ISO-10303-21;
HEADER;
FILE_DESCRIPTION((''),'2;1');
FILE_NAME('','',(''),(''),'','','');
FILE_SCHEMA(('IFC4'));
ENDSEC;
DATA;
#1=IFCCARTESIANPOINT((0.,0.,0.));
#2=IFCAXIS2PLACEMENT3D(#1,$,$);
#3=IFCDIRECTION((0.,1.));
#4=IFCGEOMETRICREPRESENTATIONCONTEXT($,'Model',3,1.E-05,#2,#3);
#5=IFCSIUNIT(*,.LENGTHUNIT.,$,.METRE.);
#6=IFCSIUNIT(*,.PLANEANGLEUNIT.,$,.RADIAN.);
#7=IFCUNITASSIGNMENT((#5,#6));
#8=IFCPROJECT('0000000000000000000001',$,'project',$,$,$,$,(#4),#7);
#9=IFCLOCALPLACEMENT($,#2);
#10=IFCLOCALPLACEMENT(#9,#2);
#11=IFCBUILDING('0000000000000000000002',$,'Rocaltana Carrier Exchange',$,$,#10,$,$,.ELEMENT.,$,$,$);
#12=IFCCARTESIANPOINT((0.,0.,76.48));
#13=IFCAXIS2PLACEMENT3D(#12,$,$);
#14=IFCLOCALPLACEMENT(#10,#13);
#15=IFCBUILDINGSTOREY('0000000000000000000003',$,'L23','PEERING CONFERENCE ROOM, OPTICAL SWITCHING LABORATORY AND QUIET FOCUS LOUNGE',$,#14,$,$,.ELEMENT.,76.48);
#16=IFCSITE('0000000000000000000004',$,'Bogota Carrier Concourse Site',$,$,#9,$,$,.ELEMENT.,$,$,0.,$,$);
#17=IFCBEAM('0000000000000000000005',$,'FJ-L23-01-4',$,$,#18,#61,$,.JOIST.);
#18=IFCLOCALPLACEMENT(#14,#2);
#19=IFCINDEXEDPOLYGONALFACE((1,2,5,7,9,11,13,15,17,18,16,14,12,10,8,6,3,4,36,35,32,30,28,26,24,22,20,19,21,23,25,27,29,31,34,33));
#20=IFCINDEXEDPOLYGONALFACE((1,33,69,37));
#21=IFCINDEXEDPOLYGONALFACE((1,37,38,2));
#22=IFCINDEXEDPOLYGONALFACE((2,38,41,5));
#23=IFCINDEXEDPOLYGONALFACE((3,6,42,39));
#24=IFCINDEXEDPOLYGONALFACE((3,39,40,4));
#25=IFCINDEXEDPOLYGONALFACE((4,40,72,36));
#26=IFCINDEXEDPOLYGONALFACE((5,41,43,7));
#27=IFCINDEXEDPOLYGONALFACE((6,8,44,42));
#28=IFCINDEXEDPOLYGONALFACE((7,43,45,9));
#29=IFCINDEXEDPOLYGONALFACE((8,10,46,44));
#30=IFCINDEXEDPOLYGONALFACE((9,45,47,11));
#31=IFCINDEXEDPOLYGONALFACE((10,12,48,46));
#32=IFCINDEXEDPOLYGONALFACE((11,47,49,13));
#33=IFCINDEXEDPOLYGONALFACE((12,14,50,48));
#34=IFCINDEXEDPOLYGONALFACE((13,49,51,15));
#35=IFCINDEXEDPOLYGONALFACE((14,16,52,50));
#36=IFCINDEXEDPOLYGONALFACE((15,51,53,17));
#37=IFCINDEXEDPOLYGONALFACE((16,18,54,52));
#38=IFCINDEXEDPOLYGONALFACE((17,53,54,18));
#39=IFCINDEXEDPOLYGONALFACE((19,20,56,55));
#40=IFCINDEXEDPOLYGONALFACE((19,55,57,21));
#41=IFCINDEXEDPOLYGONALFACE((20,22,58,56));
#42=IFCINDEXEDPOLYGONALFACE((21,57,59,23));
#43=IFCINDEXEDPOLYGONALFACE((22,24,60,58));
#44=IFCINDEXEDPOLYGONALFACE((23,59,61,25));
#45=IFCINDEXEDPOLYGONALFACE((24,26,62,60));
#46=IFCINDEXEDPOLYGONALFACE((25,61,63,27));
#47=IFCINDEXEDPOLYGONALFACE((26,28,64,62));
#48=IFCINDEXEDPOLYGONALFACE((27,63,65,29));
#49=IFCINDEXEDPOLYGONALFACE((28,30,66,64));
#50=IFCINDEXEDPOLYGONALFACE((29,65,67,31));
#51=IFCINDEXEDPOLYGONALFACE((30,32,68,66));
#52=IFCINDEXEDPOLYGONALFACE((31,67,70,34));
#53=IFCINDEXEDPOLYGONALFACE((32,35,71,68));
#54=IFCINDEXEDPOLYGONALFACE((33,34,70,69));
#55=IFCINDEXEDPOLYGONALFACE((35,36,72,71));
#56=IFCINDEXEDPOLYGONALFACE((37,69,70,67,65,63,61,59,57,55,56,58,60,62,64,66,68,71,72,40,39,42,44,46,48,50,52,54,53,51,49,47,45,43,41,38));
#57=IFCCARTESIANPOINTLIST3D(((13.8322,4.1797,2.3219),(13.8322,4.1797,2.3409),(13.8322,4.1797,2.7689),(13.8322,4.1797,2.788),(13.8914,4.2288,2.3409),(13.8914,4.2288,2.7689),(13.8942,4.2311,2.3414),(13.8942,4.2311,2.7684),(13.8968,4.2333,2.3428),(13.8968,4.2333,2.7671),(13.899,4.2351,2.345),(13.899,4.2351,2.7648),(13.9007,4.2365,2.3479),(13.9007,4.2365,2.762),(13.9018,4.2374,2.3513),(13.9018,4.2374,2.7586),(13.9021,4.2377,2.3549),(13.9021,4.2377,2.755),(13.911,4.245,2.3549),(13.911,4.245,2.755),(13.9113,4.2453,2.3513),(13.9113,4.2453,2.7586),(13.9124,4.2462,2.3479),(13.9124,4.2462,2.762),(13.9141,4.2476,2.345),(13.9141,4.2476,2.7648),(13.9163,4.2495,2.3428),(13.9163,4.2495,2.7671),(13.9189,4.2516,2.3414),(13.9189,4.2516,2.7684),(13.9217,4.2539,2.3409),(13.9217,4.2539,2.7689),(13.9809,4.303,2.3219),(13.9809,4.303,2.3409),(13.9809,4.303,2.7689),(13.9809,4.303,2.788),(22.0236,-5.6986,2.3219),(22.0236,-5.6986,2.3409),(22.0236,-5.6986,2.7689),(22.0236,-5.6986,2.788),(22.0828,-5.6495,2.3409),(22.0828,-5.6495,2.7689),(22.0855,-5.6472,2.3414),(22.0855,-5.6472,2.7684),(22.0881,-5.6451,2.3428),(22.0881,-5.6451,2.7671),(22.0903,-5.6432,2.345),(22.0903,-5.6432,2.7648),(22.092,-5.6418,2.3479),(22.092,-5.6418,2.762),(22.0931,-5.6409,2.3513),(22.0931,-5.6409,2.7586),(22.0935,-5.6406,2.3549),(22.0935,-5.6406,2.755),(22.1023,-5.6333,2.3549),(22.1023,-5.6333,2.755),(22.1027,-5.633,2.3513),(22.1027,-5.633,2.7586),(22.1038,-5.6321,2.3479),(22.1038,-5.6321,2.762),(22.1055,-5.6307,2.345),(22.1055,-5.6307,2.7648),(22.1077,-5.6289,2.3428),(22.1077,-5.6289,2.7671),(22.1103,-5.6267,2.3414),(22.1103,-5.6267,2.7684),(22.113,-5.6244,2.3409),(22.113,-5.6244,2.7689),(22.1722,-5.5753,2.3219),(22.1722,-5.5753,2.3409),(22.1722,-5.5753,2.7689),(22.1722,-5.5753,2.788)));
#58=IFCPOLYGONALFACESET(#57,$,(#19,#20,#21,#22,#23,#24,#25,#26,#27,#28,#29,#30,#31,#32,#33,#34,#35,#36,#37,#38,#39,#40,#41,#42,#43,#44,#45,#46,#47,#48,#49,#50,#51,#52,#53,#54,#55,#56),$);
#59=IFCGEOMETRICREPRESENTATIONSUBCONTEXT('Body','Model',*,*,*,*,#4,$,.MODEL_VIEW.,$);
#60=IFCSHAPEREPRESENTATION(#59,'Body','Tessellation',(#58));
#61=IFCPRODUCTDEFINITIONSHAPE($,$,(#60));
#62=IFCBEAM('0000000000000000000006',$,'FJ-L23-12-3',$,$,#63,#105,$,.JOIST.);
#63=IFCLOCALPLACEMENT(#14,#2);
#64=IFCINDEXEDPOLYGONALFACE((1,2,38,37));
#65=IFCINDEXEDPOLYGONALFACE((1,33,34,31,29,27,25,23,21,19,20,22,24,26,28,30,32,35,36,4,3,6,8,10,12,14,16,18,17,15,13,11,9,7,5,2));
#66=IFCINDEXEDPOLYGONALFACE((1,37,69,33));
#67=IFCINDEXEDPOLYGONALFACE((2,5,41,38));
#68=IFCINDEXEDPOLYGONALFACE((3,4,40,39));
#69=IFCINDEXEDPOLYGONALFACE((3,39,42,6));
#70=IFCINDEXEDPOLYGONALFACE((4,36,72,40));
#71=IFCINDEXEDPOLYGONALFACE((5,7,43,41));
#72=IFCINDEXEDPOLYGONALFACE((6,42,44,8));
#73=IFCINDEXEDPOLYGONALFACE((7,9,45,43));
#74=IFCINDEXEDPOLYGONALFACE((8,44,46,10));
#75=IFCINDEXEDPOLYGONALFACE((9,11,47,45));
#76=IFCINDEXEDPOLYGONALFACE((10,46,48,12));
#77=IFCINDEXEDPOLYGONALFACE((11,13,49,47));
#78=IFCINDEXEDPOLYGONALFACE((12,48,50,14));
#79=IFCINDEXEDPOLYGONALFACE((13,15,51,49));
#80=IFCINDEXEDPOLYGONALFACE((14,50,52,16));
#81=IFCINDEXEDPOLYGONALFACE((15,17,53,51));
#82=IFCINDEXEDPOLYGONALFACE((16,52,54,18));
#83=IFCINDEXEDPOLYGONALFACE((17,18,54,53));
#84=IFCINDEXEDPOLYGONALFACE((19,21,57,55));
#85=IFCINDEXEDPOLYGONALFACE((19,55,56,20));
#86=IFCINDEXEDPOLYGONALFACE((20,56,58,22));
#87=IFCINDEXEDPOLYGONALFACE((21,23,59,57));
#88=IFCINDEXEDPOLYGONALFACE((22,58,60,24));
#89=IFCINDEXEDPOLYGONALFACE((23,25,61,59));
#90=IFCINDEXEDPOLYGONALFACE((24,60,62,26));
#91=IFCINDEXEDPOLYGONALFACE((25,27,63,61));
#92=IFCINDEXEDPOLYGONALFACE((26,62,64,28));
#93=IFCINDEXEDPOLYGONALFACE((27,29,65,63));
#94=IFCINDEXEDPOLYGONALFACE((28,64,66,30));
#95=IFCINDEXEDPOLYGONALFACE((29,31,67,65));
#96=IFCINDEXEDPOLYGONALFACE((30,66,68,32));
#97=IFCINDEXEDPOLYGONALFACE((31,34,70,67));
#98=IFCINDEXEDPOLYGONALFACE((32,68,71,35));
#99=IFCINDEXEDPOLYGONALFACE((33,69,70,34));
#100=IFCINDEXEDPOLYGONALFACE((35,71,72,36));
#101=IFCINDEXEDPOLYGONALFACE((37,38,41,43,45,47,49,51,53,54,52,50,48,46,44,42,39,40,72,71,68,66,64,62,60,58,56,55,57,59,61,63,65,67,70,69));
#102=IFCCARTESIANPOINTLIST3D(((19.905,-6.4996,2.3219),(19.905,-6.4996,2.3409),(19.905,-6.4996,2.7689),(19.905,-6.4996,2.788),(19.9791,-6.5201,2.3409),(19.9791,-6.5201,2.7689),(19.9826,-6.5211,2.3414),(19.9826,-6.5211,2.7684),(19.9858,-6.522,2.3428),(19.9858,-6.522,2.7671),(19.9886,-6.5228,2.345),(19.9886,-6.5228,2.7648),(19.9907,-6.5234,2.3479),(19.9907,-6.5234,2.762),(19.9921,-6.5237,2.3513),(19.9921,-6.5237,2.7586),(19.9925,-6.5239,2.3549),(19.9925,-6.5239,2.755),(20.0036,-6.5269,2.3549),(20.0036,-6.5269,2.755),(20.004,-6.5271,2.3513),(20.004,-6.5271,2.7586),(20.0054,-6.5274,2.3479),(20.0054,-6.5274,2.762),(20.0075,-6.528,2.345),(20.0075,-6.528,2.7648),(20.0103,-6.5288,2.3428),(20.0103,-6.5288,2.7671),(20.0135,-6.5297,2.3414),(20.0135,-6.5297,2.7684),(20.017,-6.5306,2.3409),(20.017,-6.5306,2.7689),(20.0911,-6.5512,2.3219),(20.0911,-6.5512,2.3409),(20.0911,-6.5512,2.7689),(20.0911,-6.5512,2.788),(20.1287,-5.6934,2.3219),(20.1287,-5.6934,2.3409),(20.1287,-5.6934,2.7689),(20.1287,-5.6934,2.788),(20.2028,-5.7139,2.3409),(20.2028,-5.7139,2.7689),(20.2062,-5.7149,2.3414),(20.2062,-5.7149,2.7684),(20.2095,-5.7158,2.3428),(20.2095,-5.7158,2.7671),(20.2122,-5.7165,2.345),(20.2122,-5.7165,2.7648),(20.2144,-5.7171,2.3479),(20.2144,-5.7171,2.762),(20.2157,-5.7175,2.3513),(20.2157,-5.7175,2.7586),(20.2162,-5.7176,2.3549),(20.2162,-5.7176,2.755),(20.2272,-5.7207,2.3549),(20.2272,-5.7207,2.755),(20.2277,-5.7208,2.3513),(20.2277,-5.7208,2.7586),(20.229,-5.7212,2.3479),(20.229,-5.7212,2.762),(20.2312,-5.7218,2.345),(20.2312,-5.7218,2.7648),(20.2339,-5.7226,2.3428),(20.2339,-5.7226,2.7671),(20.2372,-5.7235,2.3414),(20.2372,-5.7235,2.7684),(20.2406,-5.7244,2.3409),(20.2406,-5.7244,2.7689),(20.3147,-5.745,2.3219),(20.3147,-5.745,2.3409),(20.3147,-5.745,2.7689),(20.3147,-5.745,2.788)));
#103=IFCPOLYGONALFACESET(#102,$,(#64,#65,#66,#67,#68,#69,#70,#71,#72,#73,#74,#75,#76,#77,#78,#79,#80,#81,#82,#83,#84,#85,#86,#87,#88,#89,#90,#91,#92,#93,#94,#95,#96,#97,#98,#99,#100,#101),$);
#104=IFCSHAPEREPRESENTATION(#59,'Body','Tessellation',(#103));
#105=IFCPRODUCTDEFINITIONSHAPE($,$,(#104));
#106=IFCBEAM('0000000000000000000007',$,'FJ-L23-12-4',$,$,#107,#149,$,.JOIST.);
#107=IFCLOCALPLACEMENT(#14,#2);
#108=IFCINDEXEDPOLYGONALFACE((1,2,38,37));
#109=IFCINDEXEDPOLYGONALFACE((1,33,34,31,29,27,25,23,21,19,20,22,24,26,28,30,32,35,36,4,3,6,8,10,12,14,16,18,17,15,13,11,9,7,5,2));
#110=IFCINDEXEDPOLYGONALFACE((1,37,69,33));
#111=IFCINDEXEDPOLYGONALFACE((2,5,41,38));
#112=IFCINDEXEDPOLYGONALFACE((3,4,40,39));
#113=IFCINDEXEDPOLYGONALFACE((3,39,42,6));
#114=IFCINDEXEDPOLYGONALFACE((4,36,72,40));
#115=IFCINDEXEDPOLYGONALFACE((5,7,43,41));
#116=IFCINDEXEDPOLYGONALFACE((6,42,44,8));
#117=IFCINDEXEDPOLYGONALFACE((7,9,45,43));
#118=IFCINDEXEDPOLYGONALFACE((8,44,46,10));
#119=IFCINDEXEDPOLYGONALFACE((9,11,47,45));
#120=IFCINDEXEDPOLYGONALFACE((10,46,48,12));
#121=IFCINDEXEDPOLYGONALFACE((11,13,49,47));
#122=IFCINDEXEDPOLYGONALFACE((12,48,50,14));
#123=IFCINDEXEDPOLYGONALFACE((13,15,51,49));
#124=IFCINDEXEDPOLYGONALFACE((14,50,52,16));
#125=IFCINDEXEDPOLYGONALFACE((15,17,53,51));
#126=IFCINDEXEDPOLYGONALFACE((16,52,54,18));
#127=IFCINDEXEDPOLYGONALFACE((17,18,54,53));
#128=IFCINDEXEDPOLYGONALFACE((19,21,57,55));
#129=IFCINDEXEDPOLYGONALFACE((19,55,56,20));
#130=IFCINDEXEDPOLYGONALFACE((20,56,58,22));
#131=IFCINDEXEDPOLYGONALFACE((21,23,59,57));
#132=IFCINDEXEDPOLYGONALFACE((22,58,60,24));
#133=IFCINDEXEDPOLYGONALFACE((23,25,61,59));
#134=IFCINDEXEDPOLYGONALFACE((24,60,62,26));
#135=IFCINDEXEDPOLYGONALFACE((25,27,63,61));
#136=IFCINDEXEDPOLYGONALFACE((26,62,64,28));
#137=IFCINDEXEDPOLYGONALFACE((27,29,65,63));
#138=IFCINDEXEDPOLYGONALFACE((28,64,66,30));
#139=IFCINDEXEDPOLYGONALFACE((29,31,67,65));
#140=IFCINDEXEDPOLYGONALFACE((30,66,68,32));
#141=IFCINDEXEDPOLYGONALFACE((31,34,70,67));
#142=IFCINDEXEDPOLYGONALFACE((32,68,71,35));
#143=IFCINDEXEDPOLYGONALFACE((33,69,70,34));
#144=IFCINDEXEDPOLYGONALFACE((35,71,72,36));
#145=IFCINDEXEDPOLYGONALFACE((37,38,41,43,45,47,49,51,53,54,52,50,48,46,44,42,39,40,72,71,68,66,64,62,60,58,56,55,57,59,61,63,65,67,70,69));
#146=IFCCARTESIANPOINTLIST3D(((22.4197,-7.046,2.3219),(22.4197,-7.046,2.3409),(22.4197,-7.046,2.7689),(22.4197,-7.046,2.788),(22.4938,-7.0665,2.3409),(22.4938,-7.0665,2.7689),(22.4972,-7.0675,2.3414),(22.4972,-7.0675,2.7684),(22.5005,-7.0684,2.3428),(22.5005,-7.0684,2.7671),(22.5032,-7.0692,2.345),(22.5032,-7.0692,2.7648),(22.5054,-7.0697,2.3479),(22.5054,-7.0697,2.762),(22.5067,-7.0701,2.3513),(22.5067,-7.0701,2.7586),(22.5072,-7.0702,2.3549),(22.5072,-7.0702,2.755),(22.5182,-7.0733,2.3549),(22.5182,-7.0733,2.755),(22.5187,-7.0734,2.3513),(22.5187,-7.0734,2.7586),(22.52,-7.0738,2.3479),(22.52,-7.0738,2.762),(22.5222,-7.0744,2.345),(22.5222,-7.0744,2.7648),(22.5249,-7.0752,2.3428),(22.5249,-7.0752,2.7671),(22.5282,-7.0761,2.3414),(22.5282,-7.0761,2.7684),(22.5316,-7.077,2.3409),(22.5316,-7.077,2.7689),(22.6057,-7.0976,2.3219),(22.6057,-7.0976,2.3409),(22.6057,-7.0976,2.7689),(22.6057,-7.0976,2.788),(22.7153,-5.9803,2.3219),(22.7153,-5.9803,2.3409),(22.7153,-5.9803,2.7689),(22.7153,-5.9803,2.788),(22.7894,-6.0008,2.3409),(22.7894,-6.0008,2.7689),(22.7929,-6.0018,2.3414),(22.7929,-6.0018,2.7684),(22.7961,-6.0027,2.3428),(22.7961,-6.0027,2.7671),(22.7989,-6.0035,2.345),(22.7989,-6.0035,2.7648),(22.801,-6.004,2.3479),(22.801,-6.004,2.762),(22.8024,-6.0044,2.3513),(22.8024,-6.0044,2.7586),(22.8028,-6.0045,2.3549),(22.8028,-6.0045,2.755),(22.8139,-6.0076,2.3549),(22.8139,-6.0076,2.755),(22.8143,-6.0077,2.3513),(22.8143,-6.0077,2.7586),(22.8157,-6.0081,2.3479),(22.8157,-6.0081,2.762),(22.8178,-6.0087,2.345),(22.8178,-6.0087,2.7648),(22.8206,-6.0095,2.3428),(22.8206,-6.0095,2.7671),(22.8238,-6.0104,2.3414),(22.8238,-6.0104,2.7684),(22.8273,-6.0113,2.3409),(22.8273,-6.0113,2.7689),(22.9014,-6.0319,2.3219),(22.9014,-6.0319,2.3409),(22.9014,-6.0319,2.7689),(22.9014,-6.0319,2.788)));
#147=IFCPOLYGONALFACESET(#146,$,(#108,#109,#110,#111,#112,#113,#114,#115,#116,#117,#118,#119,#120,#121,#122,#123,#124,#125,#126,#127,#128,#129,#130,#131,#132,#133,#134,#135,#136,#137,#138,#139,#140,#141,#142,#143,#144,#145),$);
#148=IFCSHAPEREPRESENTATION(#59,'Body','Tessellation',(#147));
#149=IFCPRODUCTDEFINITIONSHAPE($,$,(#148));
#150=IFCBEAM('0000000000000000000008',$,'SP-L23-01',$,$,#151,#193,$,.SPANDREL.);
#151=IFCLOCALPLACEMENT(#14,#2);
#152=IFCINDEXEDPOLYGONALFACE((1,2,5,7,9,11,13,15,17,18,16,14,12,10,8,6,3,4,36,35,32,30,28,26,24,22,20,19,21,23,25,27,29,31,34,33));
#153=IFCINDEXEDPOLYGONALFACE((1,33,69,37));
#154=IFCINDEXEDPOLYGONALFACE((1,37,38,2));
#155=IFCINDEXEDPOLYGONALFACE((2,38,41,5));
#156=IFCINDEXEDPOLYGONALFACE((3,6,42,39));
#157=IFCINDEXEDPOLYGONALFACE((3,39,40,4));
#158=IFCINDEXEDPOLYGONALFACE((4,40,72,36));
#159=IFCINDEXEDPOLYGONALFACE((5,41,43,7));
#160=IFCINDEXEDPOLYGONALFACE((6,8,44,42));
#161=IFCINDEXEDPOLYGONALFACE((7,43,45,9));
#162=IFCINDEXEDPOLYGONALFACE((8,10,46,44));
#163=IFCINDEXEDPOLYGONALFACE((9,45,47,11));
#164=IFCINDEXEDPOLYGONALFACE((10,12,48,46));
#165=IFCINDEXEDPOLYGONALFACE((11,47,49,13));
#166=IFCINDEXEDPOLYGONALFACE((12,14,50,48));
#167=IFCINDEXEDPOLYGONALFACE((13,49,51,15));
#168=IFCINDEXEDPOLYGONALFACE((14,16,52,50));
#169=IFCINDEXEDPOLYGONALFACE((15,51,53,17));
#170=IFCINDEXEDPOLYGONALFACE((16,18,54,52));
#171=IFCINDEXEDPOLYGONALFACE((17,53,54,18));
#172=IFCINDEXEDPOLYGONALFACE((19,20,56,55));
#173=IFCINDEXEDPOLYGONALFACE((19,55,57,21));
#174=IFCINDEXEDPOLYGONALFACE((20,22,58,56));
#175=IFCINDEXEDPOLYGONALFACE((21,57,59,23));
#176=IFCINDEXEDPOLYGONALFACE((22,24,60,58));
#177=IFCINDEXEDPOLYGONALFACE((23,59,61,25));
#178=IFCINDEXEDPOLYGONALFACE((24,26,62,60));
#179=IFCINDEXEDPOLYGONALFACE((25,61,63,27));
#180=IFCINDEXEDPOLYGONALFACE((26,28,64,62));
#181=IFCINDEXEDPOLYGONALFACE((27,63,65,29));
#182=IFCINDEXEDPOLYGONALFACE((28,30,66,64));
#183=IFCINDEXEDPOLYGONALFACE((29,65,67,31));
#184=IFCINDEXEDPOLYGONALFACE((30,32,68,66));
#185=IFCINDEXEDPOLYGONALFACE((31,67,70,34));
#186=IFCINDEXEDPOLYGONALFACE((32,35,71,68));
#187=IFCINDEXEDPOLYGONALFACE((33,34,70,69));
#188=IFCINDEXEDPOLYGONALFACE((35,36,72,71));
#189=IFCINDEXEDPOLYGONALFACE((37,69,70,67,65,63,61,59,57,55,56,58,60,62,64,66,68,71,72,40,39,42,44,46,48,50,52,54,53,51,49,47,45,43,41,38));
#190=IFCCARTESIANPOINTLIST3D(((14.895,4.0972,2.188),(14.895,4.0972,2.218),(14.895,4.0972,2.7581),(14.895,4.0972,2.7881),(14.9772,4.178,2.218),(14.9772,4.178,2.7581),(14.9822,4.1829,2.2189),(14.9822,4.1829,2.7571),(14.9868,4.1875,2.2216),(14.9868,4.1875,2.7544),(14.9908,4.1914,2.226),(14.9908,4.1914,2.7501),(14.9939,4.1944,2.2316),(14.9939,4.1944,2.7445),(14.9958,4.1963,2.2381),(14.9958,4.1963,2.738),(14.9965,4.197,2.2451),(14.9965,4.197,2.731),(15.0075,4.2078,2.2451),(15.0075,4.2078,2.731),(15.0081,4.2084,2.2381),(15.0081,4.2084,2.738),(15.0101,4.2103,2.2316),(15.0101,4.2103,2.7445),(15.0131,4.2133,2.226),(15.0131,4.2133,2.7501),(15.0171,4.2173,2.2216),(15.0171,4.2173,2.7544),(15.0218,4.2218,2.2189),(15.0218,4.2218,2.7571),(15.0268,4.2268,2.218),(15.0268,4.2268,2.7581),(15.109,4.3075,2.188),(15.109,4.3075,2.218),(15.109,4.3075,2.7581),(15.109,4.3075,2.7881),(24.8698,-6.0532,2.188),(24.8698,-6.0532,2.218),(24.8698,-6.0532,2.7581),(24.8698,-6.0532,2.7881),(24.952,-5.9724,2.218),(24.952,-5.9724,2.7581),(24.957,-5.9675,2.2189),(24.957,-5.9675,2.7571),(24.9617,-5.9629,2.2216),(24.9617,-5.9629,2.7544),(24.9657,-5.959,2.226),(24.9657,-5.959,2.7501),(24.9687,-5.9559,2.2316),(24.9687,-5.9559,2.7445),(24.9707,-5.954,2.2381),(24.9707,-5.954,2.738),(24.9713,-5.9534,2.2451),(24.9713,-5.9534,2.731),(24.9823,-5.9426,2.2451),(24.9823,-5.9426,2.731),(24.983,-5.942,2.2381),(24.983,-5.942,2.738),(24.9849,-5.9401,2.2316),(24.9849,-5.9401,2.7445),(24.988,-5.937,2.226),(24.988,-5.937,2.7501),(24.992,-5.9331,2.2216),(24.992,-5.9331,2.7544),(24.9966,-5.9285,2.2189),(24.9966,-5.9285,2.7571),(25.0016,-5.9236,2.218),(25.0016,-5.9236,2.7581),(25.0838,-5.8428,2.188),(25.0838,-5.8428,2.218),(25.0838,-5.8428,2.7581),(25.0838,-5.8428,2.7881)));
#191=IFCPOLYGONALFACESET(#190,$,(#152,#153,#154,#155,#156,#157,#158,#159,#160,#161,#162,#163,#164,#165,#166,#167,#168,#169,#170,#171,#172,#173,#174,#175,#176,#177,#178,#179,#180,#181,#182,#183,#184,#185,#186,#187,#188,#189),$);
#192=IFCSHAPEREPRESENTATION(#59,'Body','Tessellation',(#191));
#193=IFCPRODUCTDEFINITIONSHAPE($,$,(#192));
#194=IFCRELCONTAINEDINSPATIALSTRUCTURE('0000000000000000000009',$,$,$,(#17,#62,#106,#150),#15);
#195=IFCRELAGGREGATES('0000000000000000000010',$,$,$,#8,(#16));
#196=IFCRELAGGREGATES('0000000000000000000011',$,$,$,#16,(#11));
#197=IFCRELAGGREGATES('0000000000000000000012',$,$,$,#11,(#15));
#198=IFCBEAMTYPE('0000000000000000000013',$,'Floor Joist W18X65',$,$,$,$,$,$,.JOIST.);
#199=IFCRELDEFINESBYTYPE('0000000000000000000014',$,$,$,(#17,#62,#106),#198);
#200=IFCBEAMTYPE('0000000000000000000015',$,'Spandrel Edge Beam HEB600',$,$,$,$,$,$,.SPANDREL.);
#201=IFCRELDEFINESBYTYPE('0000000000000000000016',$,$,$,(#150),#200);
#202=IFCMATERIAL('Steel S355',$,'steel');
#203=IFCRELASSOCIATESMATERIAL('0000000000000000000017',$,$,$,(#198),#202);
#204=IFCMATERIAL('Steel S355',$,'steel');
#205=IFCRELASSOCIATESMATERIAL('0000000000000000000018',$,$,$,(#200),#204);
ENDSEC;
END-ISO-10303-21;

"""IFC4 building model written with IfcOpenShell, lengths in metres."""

from ifc_helpers import new_model, si_unit, direction, frame, origin, origin_2d, place, context, subcontext, project, spatial, i_section, extrude, material, material_profile, profile_set, type_object, element, save


model = new_model("IFC4")

# Units and contexts
model_context = context("Model", 3, precision=1e-05, world=origin(), true_north=direction((0.0, 1.0)))
body_context = subcontext(model_context, "Body", "Model", "MODEL_VIEW")
ifc_project = project(units=[si_unit("LENGTHUNIT", "METRE"), si_unit("PLANEANGLEUNIT", "RADIAN")], contexts=[model_context])

# Site, building, storey
site_placement = place(None, origin())
site = spatial("IfcSite", under=ifc_project, at=site_placement, Name="Bogota Carrier Concourse Site", CompositionType="ELEMENT", RefElevation=0.0)
building_placement = place(site_placement, origin())
building = spatial("IfcBuilding", under=site, at=building_placement, Name="Rocaltana Carrier Exchange", CompositionType="ELEMENT")
storey_placement = place(building_placement, frame((0.0, 0.0, 76.48)))
storey = spatial("IfcBuildingStorey", under=building, at=storey_placement, Name="L23", Description="PEERING CONFERENCE ROOM, OPTICAL SWITCHING LABORATORY AND QUIET FOCUS LOUNGE", CompositionType="ELEMENT", Elevation=76.48)

# Beams
ifc_material_1 = material(Name="Steel S355", Category="steel")
ifc_material_profile_1 = material_profile(ifc_material_1, i_section(OverallWidth=0.1931, OverallDepth=0.4661, WebThickness=0.0115, FlangeThickness=0.019, FilletRadius=0.0139, at=origin_2d()), Name="W18X65")
ifc_profile_set_1 = profile_set([ifc_material_profile_1], Name="Steel S355")
beam_type_1 = type_object("IfcBeamType", Name="Floor Joist W18X65", PredefinedType="JOIST", material=ifc_profile_set_1)
beam_1_placement = place(storey_placement, frame((22.0979, -5.637, 2.5549), z_axis=(-0.638315, 0.769775, 0.0), x_axis=(-0.769775, -0.638315, 0.0)))
element("IfcBeam", 1, at=beam_1_placement, inside=storey, type_object=beam_type_1, Name="FJ-L23-01-4", PredefinedType="JOIST", context=body_context, shape_type="SweptSolid", body=[
    extrude(i_section(OverallWidth=0.1931, OverallDepth=0.4661, WebThickness=0.0115, FlangeThickness=0.019, FilletRadius=0.0139, at=origin_2d()), origin(), (0.0, 0.0, 1.0), 12.8328),
])
beam_2_placement = place(storey_placement, frame((19.998, -6.5254, 2.5549), z_axis=(0.267313, 0.96361, 0.0), x_axis=(-0.96361, 0.267313, 0.0)))
element("IfcBeam", 2, at=beam_2_placement, inside=storey, type_object=beam_type_1, Name="FJ-L23-12-3", PredefinedType="JOIST", context=body_context, shape_type="SweptSolid", body=[
    extrude(i_section(OverallWidth=0.1931, OverallDepth=0.4661, WebThickness=0.0115, FlangeThickness=0.019, FilletRadius=0.0139, at=origin_2d()), origin(), (0.0, 0.0, 1.0), 0.8367),
])
beam_3_placement = place(storey_placement, frame((22.5127, -7.0718, 2.5549), z_axis=(0.267336, 0.963603, 0.0), x_axis=(-0.963603, 0.267336, 0.0)))
element("IfcBeam", 3, at=beam_3_placement, inside=storey, type_object=beam_type_1, Name="FJ-L23-12-4", PredefinedType="JOIST", context=body_context, shape_type="SweptSolid", body=[
    extrude(i_section(OverallWidth=0.1931, OverallDepth=0.4661, WebThickness=0.0115, FlangeThickness=0.019, FilletRadius=0.0139, at=origin_2d()), origin(), (0.0, 0.0, 1.0), 1.106),
])
ifc_material_2 = material(Name="Steel S355", Category="steel")
ifc_material_profile_2 = material_profile(ifc_material_2, i_section(OverallWidth=0.3, OverallDepth=0.6001, WebThickness=0.0154, FlangeThickness=0.03, FilletRadius=0.0271, at=origin_2d()), Name="HEB600")
ifc_profile_set_2 = profile_set([ifc_material_profile_2], Name="Steel S355")
beam_type_2 = type_object("IfcBeamType", Name="Spandrel Edge Beam HEB600", PredefinedType="SPANDREL", material=ifc_profile_set_2)
beam_4_placement = place(storey_placement, frame((24.9768, -5.948, 2.488), z_axis=(-0.700913, 0.713247, 0.0), x_axis=(-0.713247, -0.700913, 0.0)))
element("IfcBeam", 4, at=beam_4_placement, inside=storey, type_object=beam_type_2, Name="SP-L23-01", PredefinedType="SPANDREL", context=body_context, shape_type="SweptSolid", body=[
    extrude(i_section(OverallWidth=0.3, OverallDepth=0.6001, WebThickness=0.0154, FlangeThickness=0.03, FilletRadius=0.0271, at=origin_2d()), origin(), (0.0, 0.0, 1.0), 14.2312),
])

save(model, "model.ifc")
